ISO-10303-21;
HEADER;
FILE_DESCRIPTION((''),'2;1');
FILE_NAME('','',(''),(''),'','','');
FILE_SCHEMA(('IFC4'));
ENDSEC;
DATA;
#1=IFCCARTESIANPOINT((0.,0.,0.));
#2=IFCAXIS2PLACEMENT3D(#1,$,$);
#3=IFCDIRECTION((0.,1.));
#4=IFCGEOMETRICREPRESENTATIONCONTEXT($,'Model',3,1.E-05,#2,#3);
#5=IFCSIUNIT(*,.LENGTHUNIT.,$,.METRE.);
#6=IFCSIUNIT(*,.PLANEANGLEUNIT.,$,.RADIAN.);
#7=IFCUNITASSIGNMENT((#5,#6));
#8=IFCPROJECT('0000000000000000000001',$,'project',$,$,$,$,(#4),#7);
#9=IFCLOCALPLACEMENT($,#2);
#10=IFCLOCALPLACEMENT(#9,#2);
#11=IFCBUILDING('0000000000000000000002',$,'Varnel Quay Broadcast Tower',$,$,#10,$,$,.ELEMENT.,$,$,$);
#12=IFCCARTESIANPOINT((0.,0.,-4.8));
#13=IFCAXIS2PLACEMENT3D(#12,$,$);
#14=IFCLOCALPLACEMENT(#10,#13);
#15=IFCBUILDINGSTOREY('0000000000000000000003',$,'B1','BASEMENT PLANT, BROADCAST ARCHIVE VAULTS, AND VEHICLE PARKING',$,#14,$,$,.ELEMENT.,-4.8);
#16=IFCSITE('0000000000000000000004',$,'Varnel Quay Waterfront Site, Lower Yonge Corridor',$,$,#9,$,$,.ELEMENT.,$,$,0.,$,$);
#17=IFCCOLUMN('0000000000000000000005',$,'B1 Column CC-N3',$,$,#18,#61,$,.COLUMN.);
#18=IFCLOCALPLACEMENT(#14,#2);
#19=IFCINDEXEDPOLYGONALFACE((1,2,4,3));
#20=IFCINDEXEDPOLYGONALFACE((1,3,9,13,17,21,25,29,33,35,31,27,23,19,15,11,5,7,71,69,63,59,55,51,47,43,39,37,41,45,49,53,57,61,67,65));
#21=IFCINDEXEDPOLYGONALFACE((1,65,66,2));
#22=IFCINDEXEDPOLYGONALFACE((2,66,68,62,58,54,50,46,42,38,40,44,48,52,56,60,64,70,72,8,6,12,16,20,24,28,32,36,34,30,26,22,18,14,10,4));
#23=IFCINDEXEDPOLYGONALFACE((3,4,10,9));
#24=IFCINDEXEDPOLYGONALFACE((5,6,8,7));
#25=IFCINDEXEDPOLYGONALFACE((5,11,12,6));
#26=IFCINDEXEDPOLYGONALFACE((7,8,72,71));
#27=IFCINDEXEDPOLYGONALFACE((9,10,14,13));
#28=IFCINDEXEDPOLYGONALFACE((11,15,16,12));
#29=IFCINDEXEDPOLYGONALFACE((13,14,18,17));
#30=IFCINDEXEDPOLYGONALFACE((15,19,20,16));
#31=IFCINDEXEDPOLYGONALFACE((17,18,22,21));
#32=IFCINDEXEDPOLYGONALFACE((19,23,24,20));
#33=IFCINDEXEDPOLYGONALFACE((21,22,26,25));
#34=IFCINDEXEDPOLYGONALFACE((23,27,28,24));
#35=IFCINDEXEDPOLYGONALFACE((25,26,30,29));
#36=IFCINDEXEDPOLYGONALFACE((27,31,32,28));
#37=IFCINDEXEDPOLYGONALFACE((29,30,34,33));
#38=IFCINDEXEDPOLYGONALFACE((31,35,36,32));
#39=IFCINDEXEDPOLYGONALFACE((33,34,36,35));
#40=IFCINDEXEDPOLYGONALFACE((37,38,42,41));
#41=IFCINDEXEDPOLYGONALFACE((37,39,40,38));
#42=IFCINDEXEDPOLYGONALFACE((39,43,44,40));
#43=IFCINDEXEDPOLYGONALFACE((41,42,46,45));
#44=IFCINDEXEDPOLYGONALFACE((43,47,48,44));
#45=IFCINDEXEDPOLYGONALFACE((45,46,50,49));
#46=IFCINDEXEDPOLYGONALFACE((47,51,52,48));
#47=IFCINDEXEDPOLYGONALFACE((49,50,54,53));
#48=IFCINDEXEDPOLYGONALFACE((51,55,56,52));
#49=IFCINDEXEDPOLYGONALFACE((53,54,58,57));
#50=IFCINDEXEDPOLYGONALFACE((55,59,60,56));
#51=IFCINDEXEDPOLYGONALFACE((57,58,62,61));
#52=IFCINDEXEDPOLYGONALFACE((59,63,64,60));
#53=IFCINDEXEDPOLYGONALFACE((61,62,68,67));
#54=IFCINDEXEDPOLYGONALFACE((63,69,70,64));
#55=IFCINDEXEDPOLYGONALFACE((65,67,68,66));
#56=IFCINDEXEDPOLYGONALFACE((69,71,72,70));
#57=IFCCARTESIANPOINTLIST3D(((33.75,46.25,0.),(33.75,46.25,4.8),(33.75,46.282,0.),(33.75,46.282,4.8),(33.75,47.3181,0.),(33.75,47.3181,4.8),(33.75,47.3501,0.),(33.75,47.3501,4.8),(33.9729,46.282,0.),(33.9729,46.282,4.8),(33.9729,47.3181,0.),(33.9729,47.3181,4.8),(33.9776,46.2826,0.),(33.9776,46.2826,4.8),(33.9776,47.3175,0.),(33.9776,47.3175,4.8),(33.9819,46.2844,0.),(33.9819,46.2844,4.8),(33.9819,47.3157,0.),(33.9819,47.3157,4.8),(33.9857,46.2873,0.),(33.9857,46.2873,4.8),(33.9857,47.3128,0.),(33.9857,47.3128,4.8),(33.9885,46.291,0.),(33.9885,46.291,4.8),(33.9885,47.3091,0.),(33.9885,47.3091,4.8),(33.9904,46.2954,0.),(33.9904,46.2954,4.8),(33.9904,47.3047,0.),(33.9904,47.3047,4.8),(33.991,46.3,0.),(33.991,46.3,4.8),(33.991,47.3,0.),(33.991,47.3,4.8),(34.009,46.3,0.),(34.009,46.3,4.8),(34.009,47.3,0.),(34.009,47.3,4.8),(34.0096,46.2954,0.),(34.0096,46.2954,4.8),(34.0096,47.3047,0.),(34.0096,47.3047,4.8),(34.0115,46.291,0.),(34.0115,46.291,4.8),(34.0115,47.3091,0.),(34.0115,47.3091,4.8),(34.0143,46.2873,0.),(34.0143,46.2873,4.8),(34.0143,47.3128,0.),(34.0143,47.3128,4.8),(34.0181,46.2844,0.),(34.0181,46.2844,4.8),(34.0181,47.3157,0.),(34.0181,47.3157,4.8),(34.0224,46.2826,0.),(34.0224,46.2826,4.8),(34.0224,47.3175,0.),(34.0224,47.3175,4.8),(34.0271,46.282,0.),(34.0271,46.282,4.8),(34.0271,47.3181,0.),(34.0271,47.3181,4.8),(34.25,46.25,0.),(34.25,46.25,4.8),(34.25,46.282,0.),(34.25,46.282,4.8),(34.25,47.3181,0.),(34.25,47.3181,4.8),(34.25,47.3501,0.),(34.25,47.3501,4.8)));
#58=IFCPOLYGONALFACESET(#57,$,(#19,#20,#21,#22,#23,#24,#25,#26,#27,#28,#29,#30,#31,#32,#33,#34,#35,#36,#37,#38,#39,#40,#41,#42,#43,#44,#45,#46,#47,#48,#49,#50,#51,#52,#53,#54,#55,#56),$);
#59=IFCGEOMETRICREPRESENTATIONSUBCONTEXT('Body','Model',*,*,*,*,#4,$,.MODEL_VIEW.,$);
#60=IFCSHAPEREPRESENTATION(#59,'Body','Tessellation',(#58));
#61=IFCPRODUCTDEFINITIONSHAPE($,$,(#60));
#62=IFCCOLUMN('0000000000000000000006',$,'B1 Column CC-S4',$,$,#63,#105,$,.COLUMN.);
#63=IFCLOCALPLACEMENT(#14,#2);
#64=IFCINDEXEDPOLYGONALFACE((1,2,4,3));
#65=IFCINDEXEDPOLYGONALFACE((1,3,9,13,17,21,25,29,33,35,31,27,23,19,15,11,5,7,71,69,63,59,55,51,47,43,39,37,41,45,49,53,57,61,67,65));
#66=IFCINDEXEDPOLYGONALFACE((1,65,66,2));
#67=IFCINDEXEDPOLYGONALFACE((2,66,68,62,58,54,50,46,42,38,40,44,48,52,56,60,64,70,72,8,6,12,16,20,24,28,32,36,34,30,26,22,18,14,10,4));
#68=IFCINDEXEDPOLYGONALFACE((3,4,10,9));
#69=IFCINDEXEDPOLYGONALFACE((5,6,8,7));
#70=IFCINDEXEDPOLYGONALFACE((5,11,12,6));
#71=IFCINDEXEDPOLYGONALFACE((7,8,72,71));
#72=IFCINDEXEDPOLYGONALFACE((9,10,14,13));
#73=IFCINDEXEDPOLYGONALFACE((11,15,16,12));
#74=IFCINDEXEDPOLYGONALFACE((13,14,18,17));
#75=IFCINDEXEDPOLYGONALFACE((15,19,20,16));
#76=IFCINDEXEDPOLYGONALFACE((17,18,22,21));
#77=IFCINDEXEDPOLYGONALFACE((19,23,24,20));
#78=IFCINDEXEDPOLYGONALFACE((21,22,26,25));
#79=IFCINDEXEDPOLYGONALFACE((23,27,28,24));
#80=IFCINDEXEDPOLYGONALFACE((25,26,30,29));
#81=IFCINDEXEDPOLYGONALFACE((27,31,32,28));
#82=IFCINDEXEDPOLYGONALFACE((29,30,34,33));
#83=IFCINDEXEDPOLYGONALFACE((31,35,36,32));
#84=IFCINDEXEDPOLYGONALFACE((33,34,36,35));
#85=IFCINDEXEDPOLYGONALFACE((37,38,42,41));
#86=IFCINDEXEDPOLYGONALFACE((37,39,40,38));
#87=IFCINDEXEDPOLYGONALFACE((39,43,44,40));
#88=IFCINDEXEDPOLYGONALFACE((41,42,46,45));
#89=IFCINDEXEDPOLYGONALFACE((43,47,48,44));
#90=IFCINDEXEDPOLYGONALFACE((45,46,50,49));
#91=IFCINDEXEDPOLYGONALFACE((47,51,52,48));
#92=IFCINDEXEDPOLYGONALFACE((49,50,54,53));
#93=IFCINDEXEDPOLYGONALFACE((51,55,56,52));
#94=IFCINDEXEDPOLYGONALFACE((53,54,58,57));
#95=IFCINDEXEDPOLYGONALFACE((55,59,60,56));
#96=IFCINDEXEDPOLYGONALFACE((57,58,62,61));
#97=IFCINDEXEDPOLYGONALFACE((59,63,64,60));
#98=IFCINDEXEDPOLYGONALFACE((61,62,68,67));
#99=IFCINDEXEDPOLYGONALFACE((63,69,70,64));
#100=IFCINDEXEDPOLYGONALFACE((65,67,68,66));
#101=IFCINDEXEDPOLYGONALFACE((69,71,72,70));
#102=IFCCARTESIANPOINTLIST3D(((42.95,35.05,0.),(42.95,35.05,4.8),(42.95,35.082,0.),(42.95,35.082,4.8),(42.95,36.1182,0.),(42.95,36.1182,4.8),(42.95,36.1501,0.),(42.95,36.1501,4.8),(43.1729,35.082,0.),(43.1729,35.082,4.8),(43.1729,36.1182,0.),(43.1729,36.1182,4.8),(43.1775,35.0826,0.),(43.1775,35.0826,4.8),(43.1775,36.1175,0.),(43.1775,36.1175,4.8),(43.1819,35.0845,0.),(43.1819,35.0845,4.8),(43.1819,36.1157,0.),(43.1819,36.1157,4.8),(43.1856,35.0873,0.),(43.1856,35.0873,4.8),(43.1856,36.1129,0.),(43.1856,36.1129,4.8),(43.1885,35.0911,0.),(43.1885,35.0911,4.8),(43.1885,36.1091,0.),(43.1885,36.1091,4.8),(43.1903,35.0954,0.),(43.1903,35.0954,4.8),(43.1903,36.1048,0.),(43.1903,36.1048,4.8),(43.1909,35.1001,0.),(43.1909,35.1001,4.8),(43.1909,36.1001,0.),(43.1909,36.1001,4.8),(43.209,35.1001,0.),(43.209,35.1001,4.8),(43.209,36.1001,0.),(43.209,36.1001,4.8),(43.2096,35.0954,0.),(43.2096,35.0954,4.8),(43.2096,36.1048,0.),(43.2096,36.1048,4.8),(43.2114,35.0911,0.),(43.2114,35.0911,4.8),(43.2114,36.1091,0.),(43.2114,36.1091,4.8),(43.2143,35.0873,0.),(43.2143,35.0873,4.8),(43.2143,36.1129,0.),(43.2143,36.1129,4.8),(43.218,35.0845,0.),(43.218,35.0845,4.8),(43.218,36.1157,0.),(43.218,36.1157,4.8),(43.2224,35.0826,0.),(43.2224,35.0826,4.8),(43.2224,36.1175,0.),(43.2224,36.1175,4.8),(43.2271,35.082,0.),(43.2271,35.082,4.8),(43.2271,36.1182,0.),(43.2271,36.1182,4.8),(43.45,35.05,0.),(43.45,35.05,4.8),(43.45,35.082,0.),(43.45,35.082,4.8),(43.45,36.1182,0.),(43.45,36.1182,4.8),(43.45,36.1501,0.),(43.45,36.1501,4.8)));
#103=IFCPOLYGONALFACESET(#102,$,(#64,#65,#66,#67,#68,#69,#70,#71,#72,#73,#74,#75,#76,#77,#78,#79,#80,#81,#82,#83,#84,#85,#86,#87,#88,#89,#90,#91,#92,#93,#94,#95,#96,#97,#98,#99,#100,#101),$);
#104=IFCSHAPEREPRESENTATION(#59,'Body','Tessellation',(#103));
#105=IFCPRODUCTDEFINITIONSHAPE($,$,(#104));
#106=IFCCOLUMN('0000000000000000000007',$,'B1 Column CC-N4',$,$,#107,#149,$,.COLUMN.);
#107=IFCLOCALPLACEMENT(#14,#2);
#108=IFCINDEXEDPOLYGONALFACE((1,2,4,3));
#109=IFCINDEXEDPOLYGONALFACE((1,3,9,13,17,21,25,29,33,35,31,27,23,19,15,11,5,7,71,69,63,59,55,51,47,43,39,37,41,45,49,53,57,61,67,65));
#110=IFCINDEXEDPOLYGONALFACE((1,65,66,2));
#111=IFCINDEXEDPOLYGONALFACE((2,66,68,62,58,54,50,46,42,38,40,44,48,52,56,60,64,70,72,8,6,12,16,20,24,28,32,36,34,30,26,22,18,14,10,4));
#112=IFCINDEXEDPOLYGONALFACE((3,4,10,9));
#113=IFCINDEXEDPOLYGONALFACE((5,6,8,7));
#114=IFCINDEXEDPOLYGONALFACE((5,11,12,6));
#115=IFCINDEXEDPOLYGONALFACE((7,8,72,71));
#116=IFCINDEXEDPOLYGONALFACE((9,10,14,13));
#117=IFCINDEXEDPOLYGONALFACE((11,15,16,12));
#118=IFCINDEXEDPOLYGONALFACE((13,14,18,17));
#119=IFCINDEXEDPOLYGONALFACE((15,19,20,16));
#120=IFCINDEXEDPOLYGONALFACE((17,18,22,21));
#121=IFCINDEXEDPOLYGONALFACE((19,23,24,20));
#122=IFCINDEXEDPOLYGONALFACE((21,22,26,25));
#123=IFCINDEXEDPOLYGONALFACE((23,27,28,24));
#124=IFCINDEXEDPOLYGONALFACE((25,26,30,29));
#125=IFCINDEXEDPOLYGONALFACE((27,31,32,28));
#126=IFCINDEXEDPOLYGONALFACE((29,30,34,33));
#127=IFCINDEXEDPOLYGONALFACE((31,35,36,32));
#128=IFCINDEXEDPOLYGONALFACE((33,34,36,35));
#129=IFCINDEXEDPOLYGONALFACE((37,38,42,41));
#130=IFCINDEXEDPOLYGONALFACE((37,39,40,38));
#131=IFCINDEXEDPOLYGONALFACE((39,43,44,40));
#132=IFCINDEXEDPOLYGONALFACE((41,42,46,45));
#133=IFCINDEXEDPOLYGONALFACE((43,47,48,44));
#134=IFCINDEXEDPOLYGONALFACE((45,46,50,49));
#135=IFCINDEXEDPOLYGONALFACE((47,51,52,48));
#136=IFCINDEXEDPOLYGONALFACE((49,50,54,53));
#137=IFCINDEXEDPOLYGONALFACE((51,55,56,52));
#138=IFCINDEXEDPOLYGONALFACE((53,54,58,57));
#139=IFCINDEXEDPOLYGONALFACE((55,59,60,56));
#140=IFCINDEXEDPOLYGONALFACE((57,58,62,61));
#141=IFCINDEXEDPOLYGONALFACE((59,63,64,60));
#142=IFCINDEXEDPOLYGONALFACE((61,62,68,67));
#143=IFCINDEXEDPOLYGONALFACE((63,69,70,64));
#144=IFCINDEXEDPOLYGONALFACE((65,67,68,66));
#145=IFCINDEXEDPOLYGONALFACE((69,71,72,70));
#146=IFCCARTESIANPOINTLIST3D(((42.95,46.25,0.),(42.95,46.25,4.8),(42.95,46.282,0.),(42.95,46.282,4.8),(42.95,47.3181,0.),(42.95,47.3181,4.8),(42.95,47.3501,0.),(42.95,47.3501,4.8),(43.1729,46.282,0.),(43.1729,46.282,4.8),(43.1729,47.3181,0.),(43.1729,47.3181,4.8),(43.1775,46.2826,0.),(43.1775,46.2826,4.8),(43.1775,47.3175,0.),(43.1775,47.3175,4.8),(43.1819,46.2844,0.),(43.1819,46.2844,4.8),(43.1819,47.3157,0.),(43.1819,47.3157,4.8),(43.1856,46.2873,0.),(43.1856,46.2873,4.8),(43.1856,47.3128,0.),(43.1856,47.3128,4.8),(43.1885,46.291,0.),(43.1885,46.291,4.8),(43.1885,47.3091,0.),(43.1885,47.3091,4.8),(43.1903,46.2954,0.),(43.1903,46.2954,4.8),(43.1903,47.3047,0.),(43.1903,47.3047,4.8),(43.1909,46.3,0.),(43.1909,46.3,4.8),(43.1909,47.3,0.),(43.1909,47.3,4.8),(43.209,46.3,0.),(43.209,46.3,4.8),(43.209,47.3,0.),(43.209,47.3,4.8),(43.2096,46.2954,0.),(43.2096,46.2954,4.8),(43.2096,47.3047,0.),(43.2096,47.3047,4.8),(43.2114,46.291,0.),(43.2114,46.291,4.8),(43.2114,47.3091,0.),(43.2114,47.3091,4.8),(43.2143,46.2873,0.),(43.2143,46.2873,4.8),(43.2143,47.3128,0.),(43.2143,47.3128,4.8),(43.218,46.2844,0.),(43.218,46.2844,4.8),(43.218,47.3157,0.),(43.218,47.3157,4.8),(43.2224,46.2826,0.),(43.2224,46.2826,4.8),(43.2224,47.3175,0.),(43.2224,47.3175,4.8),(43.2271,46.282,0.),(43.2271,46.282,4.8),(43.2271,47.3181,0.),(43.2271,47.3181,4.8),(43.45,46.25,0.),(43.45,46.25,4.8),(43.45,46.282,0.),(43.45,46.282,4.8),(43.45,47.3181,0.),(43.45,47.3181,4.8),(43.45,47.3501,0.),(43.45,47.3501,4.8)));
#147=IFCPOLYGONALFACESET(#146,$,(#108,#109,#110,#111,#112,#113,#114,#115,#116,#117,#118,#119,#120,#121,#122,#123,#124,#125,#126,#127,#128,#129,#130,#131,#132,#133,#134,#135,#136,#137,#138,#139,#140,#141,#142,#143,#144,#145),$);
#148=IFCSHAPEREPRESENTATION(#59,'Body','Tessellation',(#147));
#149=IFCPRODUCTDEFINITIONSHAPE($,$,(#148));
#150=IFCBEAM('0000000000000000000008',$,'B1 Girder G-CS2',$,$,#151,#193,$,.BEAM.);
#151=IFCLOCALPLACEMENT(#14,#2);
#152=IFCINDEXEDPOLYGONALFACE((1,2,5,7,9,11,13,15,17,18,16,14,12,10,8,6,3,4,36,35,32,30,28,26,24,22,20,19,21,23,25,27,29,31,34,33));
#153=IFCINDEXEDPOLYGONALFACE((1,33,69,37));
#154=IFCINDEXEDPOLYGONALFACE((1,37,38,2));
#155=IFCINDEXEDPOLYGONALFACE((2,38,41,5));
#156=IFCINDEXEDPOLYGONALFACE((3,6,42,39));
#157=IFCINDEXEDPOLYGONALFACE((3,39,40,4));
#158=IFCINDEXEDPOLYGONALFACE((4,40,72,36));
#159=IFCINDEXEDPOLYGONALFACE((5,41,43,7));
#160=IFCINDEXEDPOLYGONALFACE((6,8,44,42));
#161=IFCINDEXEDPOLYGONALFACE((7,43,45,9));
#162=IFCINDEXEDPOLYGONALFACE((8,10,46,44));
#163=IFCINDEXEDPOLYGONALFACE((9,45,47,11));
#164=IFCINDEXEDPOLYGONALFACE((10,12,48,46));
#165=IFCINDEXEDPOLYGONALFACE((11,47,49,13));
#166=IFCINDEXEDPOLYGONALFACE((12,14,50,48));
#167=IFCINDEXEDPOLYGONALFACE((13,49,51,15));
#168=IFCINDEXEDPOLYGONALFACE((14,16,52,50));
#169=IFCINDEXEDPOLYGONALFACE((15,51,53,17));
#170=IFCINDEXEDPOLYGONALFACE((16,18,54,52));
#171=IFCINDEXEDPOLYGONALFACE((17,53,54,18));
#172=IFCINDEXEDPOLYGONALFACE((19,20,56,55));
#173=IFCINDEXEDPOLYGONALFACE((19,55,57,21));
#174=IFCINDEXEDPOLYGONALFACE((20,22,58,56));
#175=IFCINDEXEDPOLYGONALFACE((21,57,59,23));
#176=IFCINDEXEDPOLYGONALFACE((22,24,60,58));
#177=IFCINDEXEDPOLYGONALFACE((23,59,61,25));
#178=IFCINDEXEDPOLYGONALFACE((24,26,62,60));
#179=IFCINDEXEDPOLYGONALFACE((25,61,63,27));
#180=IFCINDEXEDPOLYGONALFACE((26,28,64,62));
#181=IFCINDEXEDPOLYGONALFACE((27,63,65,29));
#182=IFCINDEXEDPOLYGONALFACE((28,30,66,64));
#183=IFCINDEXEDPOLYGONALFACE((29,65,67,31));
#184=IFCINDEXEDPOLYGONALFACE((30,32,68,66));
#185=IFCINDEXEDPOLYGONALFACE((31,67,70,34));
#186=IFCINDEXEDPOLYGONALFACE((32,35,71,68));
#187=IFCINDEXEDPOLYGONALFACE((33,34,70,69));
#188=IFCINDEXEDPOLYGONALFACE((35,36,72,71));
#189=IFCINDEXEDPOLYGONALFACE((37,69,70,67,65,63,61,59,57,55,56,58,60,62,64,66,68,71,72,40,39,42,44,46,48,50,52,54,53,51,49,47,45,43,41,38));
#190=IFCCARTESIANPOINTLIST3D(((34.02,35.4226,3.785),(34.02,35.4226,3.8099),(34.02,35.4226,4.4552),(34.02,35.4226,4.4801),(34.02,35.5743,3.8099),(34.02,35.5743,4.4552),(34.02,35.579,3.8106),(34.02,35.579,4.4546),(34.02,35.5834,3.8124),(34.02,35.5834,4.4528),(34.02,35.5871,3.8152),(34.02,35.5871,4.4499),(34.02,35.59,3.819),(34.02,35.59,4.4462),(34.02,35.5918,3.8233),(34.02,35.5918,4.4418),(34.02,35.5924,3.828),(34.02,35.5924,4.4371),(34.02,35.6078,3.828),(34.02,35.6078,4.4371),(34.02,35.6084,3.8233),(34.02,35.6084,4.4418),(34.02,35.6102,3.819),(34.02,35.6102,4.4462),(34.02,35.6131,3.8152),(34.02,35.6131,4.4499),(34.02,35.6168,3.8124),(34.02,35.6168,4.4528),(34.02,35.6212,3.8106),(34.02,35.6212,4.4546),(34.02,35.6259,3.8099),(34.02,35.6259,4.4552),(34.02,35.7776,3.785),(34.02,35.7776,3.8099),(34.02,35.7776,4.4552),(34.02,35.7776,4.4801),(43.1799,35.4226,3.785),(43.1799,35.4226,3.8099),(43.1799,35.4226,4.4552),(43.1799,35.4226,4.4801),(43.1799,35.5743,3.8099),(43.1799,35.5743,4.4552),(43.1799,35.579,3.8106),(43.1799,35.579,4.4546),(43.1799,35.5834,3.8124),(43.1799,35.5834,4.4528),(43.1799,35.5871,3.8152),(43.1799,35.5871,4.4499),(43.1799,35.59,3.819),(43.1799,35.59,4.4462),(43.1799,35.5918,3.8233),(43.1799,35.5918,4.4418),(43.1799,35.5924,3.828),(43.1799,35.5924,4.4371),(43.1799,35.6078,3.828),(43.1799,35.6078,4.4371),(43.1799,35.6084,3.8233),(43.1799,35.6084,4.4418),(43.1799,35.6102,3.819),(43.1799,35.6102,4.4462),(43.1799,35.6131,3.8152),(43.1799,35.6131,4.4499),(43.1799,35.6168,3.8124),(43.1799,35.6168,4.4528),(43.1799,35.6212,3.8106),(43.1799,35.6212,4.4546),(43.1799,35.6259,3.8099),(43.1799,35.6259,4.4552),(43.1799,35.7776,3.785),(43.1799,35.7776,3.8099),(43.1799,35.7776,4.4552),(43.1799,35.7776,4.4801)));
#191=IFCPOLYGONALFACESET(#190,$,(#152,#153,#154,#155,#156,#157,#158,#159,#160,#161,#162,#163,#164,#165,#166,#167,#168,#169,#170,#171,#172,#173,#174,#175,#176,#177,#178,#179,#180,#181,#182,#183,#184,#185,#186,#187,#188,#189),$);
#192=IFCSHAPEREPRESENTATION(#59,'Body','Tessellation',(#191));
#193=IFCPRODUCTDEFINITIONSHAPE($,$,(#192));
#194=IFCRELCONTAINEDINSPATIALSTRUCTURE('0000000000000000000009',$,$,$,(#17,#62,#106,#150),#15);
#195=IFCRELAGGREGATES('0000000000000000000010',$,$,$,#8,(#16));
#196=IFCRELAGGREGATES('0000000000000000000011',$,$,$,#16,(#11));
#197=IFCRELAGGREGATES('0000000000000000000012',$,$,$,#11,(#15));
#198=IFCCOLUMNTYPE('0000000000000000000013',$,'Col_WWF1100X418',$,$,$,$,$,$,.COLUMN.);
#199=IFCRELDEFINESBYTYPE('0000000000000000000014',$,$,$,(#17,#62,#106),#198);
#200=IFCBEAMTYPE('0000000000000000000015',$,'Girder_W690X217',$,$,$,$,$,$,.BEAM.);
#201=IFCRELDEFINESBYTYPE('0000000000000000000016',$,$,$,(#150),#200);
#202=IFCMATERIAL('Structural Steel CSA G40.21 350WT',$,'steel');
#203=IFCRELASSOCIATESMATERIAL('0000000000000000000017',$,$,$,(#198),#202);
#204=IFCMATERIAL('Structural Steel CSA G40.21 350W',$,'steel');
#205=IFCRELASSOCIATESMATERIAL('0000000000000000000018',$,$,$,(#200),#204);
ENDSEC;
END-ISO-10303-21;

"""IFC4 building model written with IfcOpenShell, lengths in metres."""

from ifc_helpers import new_model, si_unit, direction, frame, origin, origin_2d, place, context, subcontext, project, spatial, i_section, extrude, source, transform, mapped, material, material_profile, profile_set, type_object, type_shapes, element, save


model = new_model("IFC4")

# Units and contexts
model_context = context("Model", 3, precision=1e-05, world=origin(), true_north=direction((0.0, 1.0)))
body_context = subcontext(model_context, "Body", "Model", "MODEL_VIEW")
ifc_project = project(units=[si_unit("LENGTHUNIT", "METRE"), si_unit("PLANEANGLEUNIT", "RADIAN")], contexts=[model_context])

# Site, building, storey
site_placement = place(None, origin())
site = spatial("IfcSite", under=ifc_project, at=site_placement, Name="Varnel Quay Waterfront Site, Lower Yonge Corridor", CompositionType="ELEMENT", RefElevation=0.0)
building_placement = place(site_placement, origin())
building = spatial("IfcBuilding", under=site, at=building_placement, Name="Varnel Quay Broadcast Tower", CompositionType="ELEMENT")
storey_placement = place(building_placement, frame((0.0, 0.0, -4.8)))
storey = spatial("IfcBuildingStorey", under=building, at=storey_placement, Name="B1", Description="BASEMENT PLANT, BROADCAST ARCHIVE VAULTS, AND VEHICLE PARKING", CompositionType="ELEMENT", Elevation=-4.8)

# Columns
ifc_material_1 = material(Name="Structural Steel CSA G40.21 350WT", Category="steel")
ifc_material_profile_1 = material_profile(ifc_material_1, i_section(OverallWidth=0.5, OverallDepth=1.1001, WebThickness=0.0181, FlangeThickness=0.032, FilletRadius=0.0181, at=origin_2d()), Name="WWF1100X418")
ifc_profile_set_1 = profile_set([ifc_material_profile_1], Name="Structural Steel CSA G40.21 350WT")
column_type = type_object("IfcColumnType", Name="Col_WWF1100X418", PredefinedType="COLUMN", material=ifc_profile_set_1)
shared_shape_1 = source(origin(), body_context, "Body", "SweptSolid", [
    extrude(i_section(OverallWidth=0.5, OverallDepth=1.1001, WebThickness=0.0181, FlangeThickness=0.032, FilletRadius=0.0181, at=origin_2d()), origin(), (0.0, 0.0, 1.0), 4.8),
])
type_shapes(column_type, [shared_shape_1])
for number, where, z_axis, x_axis, name in (
    (1, (34.0, 46.8, 0.0), (0.0, 0.0, 1.0), (1.0, 0.0, 0.0), "B1 Column CC-N3"),
    (2, (43.2, 35.6001, 0.0), (0.0, 0.0, 1.0), (1.0, 0.0, 0.0), "B1 Column CC-S4"),
    (3, (43.2, 46.8, 0.0), (0.0, 0.0, 1.0), (1.0, 0.0, 0.0), "B1 Column CC-N4"),
):
    element("IfcColumn", number, at=place(storey_placement, frame(where, z_axis=z_axis, x_axis=x_axis)), inside=storey, type_object=column_type, Name=name, PredefinedType="COLUMN", context=body_context, shape_type="MappedRepresentation", body=[
        mapped(shared_shape_1, transform((0.0, 0.0, 0.0), x_axis=(1.0, 0.0, 0.0), y_axis=(0.0, 1.0, 0.0), z_axis=(0.0, 0.0, 1.0), scale=1.0)),
    ])

# Beam
ifc_material_2 = material(Name="Structural Steel CSA G40.21 350W", Category="steel")
ifc_material_profile_2 = material_profile(ifc_material_2, i_section(OverallWidth=0.355, OverallDepth=0.6951, WebThickness=0.0154, FlangeThickness=0.0249, FilletRadius=0.0181, at=origin_2d()), Name="W690X217")
ifc_profile_set_2 = profile_set([ifc_material_profile_2], Name="Structural Steel CSA G40.21 350W")
beam_type_1 = type_object("IfcBeamType", Name="Girder_W690X217", PredefinedType="BEAM", material=ifc_profile_set_2)
shared_shape_2 = source(origin(), body_context, "Body", "SweptSolid", [
    extrude(i_section(OverallWidth=0.355, OverallDepth=0.6951, WebThickness=0.0154, FlangeThickness=0.0249, FilletRadius=0.0181, at=origin_2d()), origin(), (0.0, 0.0, 1.0), 9.1599),
])
type_shapes(beam_type_1, [shared_shape_2])
beam_1_placement = place(storey_placement, frame((34.02, 35.6001, 4.1326), z_axis=(1.0, 0.0, 0.0), x_axis=(0.0, 1.0, 0.0)))
element("IfcBeam", 4, at=beam_1_placement, inside=storey, type_object=beam_type_1, Name="B1 Girder G-CS2", PredefinedType="BEAM", context=body_context, shape_type="MappedRepresentation", body=[
    mapped(shared_shape_2, transform((0.0, 0.0, 0.0), x_axis=(1.0, 0.0, 0.0), y_axis=(0.0, 1.0, 0.0), z_axis=(0.0, 0.0, 1.0), scale=1.0)),
])

save(model, "model.ifc")
